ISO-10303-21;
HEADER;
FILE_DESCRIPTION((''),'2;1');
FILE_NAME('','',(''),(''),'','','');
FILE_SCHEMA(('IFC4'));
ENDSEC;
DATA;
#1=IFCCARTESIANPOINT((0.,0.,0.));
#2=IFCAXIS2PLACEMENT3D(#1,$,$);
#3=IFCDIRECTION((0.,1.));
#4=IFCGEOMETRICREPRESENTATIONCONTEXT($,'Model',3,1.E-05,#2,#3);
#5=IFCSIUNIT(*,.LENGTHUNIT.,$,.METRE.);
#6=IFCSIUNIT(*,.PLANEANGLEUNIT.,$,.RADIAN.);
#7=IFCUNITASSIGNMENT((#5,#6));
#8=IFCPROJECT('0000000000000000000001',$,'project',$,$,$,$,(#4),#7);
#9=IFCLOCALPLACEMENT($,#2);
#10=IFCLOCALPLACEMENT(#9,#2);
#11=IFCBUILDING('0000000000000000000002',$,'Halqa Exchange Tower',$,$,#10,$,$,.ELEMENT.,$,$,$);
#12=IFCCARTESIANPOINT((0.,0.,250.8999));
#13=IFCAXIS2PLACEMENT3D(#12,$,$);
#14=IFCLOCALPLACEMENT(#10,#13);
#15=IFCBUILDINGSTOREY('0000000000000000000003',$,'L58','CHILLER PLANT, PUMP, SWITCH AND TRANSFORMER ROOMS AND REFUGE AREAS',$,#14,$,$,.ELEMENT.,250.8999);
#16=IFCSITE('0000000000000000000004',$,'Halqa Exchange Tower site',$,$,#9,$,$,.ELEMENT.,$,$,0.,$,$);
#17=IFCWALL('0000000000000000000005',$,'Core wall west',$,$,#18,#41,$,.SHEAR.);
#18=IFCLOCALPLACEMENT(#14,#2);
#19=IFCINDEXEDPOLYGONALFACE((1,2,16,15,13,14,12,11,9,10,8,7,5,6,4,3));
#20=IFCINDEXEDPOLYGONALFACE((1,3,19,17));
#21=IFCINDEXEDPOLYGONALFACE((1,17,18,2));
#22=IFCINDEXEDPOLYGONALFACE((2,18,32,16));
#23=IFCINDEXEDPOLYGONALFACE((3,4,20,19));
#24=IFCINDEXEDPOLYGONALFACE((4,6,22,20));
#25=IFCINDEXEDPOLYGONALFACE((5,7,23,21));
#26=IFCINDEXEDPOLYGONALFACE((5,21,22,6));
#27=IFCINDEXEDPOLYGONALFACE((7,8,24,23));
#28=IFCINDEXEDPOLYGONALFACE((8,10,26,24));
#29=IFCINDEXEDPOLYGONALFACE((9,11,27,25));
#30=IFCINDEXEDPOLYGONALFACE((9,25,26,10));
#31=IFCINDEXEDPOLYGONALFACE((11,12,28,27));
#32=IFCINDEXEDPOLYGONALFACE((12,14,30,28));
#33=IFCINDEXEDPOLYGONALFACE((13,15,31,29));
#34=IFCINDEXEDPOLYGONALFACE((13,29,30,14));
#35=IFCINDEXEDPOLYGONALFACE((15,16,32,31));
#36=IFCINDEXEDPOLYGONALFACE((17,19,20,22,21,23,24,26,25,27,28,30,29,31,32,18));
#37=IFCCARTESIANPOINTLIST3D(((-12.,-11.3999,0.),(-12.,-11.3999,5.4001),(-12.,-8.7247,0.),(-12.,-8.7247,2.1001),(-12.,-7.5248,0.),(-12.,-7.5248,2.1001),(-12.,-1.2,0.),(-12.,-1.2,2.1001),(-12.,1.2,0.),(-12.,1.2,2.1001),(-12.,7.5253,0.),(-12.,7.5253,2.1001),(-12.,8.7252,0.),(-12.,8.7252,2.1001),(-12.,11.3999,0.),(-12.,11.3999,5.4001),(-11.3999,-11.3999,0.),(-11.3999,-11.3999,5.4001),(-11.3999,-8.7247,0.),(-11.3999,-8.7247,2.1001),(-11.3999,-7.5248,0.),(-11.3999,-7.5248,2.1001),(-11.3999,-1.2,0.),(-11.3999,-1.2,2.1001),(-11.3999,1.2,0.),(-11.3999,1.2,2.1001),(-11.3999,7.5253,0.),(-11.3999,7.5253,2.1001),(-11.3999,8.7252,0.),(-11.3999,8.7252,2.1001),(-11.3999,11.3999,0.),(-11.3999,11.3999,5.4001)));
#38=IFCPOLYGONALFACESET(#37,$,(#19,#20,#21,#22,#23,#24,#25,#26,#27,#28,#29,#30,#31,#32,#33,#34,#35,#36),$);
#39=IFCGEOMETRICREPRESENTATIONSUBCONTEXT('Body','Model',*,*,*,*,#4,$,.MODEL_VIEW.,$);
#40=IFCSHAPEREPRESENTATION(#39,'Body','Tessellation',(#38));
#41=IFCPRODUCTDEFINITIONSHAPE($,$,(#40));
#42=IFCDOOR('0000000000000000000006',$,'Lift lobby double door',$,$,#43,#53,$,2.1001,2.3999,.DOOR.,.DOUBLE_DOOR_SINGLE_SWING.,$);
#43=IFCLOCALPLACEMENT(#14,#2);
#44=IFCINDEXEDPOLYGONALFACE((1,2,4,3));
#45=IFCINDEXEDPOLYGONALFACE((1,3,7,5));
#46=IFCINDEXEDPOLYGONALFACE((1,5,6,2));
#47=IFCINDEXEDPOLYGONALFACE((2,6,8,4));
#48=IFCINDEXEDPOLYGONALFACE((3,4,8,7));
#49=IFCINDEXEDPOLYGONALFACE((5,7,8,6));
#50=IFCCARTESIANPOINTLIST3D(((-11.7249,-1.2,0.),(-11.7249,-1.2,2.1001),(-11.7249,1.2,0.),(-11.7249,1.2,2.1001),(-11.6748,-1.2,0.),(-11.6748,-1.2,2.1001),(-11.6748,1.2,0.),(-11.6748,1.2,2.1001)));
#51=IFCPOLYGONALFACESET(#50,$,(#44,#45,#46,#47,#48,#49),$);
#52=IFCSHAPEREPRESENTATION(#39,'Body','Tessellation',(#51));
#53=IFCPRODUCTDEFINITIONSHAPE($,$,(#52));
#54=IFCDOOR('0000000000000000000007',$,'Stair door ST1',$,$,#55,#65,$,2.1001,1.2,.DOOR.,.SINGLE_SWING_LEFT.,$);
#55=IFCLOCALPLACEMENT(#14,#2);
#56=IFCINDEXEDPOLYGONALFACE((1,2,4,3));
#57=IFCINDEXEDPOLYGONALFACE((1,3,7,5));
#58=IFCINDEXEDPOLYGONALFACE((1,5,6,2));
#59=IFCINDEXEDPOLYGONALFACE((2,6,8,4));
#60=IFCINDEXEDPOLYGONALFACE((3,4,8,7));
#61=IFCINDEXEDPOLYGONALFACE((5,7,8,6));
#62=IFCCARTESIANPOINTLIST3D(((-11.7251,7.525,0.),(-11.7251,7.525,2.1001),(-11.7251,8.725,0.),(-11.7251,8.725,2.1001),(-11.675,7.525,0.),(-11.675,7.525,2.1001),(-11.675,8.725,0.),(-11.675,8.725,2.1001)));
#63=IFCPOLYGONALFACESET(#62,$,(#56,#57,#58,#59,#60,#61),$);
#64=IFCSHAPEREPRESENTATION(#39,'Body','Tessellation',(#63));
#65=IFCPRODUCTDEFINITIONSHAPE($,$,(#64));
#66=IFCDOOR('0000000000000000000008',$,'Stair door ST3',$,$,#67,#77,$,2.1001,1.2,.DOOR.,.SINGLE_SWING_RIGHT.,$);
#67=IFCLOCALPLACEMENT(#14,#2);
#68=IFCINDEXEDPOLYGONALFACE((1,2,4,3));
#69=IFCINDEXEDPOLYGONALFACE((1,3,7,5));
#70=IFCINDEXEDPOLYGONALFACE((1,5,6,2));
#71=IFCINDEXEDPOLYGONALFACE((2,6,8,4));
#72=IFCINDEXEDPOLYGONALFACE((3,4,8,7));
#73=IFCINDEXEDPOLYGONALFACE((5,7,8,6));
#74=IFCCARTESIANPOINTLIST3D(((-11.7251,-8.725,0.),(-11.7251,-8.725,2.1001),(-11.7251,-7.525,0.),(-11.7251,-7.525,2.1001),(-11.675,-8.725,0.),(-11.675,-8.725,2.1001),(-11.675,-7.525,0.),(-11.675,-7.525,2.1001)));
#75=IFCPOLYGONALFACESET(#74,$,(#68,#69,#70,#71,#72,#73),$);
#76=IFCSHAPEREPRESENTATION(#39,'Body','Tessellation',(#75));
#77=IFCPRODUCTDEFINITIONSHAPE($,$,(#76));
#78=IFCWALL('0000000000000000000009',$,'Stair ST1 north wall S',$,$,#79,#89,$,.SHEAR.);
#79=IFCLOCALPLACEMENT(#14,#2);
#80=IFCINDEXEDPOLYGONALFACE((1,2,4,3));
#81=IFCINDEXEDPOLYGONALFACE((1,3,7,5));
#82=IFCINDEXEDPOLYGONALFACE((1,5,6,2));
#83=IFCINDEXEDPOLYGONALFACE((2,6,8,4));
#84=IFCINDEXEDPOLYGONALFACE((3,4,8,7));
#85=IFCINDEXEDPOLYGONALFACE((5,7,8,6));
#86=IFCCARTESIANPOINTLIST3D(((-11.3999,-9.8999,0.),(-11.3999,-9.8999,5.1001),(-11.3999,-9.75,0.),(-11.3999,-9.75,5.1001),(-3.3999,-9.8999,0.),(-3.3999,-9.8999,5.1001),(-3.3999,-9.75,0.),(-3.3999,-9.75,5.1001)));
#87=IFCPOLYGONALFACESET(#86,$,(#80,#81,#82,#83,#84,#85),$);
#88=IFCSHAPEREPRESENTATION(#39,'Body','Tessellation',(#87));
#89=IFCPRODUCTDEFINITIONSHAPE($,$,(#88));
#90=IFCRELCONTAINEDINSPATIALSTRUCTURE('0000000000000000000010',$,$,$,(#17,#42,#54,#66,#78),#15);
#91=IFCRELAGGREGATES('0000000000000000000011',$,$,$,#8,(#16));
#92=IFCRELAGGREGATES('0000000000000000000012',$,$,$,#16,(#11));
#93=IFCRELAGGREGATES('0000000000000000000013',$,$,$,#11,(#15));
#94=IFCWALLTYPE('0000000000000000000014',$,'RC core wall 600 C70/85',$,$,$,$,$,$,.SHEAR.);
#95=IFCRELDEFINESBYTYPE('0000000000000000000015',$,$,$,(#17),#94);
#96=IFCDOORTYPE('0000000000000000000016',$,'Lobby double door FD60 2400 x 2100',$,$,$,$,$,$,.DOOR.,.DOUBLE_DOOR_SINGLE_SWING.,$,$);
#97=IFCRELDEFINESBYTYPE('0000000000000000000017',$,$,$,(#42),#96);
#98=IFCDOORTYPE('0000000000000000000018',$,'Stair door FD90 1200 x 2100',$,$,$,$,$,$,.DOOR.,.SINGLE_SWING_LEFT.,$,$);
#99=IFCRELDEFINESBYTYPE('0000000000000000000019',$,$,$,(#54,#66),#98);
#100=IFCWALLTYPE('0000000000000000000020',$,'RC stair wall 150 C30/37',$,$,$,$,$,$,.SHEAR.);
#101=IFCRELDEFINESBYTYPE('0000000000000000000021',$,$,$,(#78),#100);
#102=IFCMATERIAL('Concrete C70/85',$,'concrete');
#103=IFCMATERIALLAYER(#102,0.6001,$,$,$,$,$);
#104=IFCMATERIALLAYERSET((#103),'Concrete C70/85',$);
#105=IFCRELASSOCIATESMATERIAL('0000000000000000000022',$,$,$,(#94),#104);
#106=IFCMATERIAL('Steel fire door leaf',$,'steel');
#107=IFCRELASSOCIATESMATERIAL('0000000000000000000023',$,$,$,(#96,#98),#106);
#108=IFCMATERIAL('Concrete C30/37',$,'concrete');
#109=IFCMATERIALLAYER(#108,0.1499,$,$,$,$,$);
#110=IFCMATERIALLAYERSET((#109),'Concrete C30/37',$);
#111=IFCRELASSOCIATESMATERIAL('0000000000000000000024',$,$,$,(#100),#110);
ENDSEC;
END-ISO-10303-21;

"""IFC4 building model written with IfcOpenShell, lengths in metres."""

from ifc_helpers import new_model, si_unit, direction, frame, frame_2d, origin, place, context, subcontext, project, spatial, rectangle, extrude, material, layer, layer_set, type_object, element, fill, save


model = new_model("IFC4")

# Units and contexts
model_context = context("Model", 3, precision=1e-05, world=origin(), true_north=direction((0.0, 1.0)))
body_context = subcontext(model_context, "Body", "Model", "MODEL_VIEW")
ifc_project = project(units=[si_unit("LENGTHUNIT", "METRE"), si_unit("PLANEANGLEUNIT", "RADIAN")], contexts=[model_context])

# Site, building, storey
site_placement = place(None, origin())
site = spatial("IfcSite", under=ifc_project, at=site_placement, Name="Halqa Exchange Tower site", CompositionType="ELEMENT", RefElevation=0.0)
building_placement = place(site_placement, origin())
building = spatial("IfcBuilding", under=site, at=building_placement, Name="Halqa Exchange Tower", CompositionType="ELEMENT")
storey_placement = place(building_placement, frame((0.0, 0.0, 250.8999)))
storey = spatial("IfcBuildingStorey", under=building, at=storey_placement, Name="L58", Description="CHILLER PLANT, PUMP, SWITCH AND TRANSFORMER ROOMS AND REFUGE AREAS", CompositionType="ELEMENT", Elevation=250.8999)

# Shared definitions
ifc_material_1 = material(Name="Steel fire door leaf", Category="steel")

# Wall, openings, doors
ifc_material_2 = material(Name="Concrete C70/85", Category="concrete")
ifc_layer_1 = layer(ifc_material_2, 0.6001)
ifc_layer_set_1 = layer_set([ifc_layer_1], Name="Concrete C70/85")
wall_type_1 = type_object("IfcWallType", Name="RC core wall 600 C70/85", PredefinedType="SHEAR", material=ifc_layer_set_1)
wall_1_placement = place(storey_placement, frame((-11.7, -11.3999, 0.0), z_axis=(0.0, 0.0, 1.0), x_axis=(0.0, 1.0, 0.0)))
wall_1 = element("IfcWall", 1, at=wall_1_placement, inside=storey, type_object=wall_type_1, Name="Core wall west", PredefinedType="SHEAR", context=body_context, shape_type="SweptSolid", body=[
    extrude(rectangle(XDim=22.7998, YDim=0.6001, at=frame_2d((11.3999, 0.0))), origin(), (0.0, 0.0, 1.0), 5.4001),
])
opening_1_placement = place(wall_1_placement, frame((10.2, 0.0, 0.0)))
opening_1 = element("IfcOpeningElement", 2, at=opening_1_placement, cuts=wall_1, PredefinedType="OPENING", context=body_context, shape_type="SweptSolid", body=[
    extrude(rectangle(XDim=2.3999, YDim=2.1001, at=frame_2d((1.2, 1.05))), frame((0.0, 0.312, 0.0), z_axis=(0.0, -1.0, 0.0), x_axis=(1.0, 0.0, 0.0)), (0.0, 0.0, 1.0), 0.624),
])
opening_2_placement = place(wall_1_placement, frame((18.925, 0.0, 0.0)))
opening_2 = element("IfcOpeningElement", 3, at=opening_2_placement, cuts=wall_1, PredefinedType="OPENING", context=body_context, shape_type="SweptSolid", body=[
    extrude(rectangle(XDim=1.2, YDim=2.1001, at=frame_2d((0.6001, 1.05))), frame((0.0, 0.312, 0.0), z_axis=(0.0, -1.0, 0.0), x_axis=(1.0, 0.0, 0.0)), (0.0, 0.0, 1.0), 0.624),
])
opening_3_placement = place(wall_1_placement, frame((2.675, 0.0, 0.0)))
opening_3 = element("IfcOpeningElement", 4, at=opening_3_placement, cuts=wall_1, PredefinedType="OPENING", context=body_context, shape_type="SweptSolid", body=[
    extrude(rectangle(XDim=1.2, YDim=2.1001, at=frame_2d((0.6001, 1.05))), frame((0.0, 0.312, 0.0), z_axis=(0.0, -1.0, 0.0), x_axis=(1.0, 0.0, 0.0)), (0.0, 0.0, 1.0), 0.624),
])
door_type_1 = type_object("IfcDoorType", Name="Lobby double door FD60 2400 x 2100", OperationType="DOUBLE_DOOR_SINGLE_SWING", PredefinedType="DOOR", material=ifc_material_1)
door_1_placement = place(opening_1_placement, origin())
door_1 = element("IfcDoor", 5, at=door_1_placement, inside=storey, type_object=door_type_1, Name="Lift lobby double door", OperationType="DOUBLE_DOOR_SINGLE_SWING", OverallHeight=2.1001, OverallWidth=2.3999, PredefinedType="DOOR", context=body_context, shape_type="SweptSolid", body=[
    extrude(rectangle(XDim=2.3999, YDim=2.1001, at=frame_2d((1.2, 1.05))), frame((0.0, 0.0249, 0.0), z_axis=(0.0, -1.0, 0.0), x_axis=(1.0, 0.0, 0.0)), (0.0, 0.0, 1.0), 0.05),
])
fill(opening_1, door_1)
door_type_2 = type_object("IfcDoorType", Name="Stair door FD90 1200 x 2100", OperationType="SINGLE_SWING_LEFT", PredefinedType="DOOR", material=ifc_material_1)
door_2_placement = place(opening_2_placement, frame((1.2, 0.0, 0.0), z_axis=(0.0, 0.0, 1.0), x_axis=(-1.0, 0.0, 0.0)))
door_2 = element("IfcDoor", 6, at=door_2_placement, inside=storey, type_object=door_type_2, Name="Stair door ST1", OperationType="SINGLE_SWING_LEFT", OverallHeight=2.1001, OverallWidth=1.2, PredefinedType="DOOR", context=body_context, shape_type="SweptSolid", body=[
    extrude(rectangle(XDim=1.2, YDim=2.1001, at=frame_2d((0.6001, 1.05))), frame((0.0, 0.0249, 0.0), z_axis=(0.0, -1.0, 0.0), x_axis=(1.0, 0.0, 0.0)), (0.0, 0.0, 1.0), 0.05),
])
fill(opening_2, door_2)
door_3_placement = place(opening_3_placement, frame((1.2, 0.0, 0.0), z_axis=(0.0, 0.0, 1.0), x_axis=(-1.0, 0.0, 0.0)))
door_3 = element("IfcDoor", 7, at=door_3_placement, inside=storey, type_object=door_type_2, Name="Stair door ST3", OperationType="SINGLE_SWING_RIGHT", OverallHeight=2.1001, OverallWidth=1.2, PredefinedType="DOOR", context=body_context, shape_type="SweptSolid", body=[
    extrude(rectangle(XDim=1.2, YDim=2.1001, at=frame_2d((0.6001, 1.05))), frame((0.0, 0.0249, 0.0), z_axis=(0.0, -1.0, 0.0), x_axis=(1.0, 0.0, 0.0)), (0.0, 0.0, 1.0), 0.05),
])
fill(opening_3, door_3)

# Wall
ifc_material_3 = material(Name="Concrete C30/37", Category="concrete")
ifc_layer_2 = layer(ifc_material_3, 0.1499)
ifc_layer_set_2 = layer_set([ifc_layer_2], Name="Concrete C30/37")
wall_type_2 = type_object("IfcWallType", Name="RC stair wall 150 C30/37", PredefinedType="SHEAR", material=ifc_layer_set_2)
wall_2_placement = place(storey_placement, frame((-11.3999, -9.825, 0.0), z_axis=(0.0, 0.0, 1.0), x_axis=(1.0, 0.0, 0.0)))
element("IfcWall", 8, at=wall_2_placement, inside=storey, type_object=wall_type_2, Name="Stair ST1 north wall S", PredefinedType="SHEAR", context=body_context, shape_type="SweptSolid", body=[
    extrude(rectangle(XDim=8.0, YDim=0.1499, at=frame_2d((4.0, 0.0))), origin(), (0.0, 0.0, 1.0), 5.1001),
])

save(model, "model.ifc")
